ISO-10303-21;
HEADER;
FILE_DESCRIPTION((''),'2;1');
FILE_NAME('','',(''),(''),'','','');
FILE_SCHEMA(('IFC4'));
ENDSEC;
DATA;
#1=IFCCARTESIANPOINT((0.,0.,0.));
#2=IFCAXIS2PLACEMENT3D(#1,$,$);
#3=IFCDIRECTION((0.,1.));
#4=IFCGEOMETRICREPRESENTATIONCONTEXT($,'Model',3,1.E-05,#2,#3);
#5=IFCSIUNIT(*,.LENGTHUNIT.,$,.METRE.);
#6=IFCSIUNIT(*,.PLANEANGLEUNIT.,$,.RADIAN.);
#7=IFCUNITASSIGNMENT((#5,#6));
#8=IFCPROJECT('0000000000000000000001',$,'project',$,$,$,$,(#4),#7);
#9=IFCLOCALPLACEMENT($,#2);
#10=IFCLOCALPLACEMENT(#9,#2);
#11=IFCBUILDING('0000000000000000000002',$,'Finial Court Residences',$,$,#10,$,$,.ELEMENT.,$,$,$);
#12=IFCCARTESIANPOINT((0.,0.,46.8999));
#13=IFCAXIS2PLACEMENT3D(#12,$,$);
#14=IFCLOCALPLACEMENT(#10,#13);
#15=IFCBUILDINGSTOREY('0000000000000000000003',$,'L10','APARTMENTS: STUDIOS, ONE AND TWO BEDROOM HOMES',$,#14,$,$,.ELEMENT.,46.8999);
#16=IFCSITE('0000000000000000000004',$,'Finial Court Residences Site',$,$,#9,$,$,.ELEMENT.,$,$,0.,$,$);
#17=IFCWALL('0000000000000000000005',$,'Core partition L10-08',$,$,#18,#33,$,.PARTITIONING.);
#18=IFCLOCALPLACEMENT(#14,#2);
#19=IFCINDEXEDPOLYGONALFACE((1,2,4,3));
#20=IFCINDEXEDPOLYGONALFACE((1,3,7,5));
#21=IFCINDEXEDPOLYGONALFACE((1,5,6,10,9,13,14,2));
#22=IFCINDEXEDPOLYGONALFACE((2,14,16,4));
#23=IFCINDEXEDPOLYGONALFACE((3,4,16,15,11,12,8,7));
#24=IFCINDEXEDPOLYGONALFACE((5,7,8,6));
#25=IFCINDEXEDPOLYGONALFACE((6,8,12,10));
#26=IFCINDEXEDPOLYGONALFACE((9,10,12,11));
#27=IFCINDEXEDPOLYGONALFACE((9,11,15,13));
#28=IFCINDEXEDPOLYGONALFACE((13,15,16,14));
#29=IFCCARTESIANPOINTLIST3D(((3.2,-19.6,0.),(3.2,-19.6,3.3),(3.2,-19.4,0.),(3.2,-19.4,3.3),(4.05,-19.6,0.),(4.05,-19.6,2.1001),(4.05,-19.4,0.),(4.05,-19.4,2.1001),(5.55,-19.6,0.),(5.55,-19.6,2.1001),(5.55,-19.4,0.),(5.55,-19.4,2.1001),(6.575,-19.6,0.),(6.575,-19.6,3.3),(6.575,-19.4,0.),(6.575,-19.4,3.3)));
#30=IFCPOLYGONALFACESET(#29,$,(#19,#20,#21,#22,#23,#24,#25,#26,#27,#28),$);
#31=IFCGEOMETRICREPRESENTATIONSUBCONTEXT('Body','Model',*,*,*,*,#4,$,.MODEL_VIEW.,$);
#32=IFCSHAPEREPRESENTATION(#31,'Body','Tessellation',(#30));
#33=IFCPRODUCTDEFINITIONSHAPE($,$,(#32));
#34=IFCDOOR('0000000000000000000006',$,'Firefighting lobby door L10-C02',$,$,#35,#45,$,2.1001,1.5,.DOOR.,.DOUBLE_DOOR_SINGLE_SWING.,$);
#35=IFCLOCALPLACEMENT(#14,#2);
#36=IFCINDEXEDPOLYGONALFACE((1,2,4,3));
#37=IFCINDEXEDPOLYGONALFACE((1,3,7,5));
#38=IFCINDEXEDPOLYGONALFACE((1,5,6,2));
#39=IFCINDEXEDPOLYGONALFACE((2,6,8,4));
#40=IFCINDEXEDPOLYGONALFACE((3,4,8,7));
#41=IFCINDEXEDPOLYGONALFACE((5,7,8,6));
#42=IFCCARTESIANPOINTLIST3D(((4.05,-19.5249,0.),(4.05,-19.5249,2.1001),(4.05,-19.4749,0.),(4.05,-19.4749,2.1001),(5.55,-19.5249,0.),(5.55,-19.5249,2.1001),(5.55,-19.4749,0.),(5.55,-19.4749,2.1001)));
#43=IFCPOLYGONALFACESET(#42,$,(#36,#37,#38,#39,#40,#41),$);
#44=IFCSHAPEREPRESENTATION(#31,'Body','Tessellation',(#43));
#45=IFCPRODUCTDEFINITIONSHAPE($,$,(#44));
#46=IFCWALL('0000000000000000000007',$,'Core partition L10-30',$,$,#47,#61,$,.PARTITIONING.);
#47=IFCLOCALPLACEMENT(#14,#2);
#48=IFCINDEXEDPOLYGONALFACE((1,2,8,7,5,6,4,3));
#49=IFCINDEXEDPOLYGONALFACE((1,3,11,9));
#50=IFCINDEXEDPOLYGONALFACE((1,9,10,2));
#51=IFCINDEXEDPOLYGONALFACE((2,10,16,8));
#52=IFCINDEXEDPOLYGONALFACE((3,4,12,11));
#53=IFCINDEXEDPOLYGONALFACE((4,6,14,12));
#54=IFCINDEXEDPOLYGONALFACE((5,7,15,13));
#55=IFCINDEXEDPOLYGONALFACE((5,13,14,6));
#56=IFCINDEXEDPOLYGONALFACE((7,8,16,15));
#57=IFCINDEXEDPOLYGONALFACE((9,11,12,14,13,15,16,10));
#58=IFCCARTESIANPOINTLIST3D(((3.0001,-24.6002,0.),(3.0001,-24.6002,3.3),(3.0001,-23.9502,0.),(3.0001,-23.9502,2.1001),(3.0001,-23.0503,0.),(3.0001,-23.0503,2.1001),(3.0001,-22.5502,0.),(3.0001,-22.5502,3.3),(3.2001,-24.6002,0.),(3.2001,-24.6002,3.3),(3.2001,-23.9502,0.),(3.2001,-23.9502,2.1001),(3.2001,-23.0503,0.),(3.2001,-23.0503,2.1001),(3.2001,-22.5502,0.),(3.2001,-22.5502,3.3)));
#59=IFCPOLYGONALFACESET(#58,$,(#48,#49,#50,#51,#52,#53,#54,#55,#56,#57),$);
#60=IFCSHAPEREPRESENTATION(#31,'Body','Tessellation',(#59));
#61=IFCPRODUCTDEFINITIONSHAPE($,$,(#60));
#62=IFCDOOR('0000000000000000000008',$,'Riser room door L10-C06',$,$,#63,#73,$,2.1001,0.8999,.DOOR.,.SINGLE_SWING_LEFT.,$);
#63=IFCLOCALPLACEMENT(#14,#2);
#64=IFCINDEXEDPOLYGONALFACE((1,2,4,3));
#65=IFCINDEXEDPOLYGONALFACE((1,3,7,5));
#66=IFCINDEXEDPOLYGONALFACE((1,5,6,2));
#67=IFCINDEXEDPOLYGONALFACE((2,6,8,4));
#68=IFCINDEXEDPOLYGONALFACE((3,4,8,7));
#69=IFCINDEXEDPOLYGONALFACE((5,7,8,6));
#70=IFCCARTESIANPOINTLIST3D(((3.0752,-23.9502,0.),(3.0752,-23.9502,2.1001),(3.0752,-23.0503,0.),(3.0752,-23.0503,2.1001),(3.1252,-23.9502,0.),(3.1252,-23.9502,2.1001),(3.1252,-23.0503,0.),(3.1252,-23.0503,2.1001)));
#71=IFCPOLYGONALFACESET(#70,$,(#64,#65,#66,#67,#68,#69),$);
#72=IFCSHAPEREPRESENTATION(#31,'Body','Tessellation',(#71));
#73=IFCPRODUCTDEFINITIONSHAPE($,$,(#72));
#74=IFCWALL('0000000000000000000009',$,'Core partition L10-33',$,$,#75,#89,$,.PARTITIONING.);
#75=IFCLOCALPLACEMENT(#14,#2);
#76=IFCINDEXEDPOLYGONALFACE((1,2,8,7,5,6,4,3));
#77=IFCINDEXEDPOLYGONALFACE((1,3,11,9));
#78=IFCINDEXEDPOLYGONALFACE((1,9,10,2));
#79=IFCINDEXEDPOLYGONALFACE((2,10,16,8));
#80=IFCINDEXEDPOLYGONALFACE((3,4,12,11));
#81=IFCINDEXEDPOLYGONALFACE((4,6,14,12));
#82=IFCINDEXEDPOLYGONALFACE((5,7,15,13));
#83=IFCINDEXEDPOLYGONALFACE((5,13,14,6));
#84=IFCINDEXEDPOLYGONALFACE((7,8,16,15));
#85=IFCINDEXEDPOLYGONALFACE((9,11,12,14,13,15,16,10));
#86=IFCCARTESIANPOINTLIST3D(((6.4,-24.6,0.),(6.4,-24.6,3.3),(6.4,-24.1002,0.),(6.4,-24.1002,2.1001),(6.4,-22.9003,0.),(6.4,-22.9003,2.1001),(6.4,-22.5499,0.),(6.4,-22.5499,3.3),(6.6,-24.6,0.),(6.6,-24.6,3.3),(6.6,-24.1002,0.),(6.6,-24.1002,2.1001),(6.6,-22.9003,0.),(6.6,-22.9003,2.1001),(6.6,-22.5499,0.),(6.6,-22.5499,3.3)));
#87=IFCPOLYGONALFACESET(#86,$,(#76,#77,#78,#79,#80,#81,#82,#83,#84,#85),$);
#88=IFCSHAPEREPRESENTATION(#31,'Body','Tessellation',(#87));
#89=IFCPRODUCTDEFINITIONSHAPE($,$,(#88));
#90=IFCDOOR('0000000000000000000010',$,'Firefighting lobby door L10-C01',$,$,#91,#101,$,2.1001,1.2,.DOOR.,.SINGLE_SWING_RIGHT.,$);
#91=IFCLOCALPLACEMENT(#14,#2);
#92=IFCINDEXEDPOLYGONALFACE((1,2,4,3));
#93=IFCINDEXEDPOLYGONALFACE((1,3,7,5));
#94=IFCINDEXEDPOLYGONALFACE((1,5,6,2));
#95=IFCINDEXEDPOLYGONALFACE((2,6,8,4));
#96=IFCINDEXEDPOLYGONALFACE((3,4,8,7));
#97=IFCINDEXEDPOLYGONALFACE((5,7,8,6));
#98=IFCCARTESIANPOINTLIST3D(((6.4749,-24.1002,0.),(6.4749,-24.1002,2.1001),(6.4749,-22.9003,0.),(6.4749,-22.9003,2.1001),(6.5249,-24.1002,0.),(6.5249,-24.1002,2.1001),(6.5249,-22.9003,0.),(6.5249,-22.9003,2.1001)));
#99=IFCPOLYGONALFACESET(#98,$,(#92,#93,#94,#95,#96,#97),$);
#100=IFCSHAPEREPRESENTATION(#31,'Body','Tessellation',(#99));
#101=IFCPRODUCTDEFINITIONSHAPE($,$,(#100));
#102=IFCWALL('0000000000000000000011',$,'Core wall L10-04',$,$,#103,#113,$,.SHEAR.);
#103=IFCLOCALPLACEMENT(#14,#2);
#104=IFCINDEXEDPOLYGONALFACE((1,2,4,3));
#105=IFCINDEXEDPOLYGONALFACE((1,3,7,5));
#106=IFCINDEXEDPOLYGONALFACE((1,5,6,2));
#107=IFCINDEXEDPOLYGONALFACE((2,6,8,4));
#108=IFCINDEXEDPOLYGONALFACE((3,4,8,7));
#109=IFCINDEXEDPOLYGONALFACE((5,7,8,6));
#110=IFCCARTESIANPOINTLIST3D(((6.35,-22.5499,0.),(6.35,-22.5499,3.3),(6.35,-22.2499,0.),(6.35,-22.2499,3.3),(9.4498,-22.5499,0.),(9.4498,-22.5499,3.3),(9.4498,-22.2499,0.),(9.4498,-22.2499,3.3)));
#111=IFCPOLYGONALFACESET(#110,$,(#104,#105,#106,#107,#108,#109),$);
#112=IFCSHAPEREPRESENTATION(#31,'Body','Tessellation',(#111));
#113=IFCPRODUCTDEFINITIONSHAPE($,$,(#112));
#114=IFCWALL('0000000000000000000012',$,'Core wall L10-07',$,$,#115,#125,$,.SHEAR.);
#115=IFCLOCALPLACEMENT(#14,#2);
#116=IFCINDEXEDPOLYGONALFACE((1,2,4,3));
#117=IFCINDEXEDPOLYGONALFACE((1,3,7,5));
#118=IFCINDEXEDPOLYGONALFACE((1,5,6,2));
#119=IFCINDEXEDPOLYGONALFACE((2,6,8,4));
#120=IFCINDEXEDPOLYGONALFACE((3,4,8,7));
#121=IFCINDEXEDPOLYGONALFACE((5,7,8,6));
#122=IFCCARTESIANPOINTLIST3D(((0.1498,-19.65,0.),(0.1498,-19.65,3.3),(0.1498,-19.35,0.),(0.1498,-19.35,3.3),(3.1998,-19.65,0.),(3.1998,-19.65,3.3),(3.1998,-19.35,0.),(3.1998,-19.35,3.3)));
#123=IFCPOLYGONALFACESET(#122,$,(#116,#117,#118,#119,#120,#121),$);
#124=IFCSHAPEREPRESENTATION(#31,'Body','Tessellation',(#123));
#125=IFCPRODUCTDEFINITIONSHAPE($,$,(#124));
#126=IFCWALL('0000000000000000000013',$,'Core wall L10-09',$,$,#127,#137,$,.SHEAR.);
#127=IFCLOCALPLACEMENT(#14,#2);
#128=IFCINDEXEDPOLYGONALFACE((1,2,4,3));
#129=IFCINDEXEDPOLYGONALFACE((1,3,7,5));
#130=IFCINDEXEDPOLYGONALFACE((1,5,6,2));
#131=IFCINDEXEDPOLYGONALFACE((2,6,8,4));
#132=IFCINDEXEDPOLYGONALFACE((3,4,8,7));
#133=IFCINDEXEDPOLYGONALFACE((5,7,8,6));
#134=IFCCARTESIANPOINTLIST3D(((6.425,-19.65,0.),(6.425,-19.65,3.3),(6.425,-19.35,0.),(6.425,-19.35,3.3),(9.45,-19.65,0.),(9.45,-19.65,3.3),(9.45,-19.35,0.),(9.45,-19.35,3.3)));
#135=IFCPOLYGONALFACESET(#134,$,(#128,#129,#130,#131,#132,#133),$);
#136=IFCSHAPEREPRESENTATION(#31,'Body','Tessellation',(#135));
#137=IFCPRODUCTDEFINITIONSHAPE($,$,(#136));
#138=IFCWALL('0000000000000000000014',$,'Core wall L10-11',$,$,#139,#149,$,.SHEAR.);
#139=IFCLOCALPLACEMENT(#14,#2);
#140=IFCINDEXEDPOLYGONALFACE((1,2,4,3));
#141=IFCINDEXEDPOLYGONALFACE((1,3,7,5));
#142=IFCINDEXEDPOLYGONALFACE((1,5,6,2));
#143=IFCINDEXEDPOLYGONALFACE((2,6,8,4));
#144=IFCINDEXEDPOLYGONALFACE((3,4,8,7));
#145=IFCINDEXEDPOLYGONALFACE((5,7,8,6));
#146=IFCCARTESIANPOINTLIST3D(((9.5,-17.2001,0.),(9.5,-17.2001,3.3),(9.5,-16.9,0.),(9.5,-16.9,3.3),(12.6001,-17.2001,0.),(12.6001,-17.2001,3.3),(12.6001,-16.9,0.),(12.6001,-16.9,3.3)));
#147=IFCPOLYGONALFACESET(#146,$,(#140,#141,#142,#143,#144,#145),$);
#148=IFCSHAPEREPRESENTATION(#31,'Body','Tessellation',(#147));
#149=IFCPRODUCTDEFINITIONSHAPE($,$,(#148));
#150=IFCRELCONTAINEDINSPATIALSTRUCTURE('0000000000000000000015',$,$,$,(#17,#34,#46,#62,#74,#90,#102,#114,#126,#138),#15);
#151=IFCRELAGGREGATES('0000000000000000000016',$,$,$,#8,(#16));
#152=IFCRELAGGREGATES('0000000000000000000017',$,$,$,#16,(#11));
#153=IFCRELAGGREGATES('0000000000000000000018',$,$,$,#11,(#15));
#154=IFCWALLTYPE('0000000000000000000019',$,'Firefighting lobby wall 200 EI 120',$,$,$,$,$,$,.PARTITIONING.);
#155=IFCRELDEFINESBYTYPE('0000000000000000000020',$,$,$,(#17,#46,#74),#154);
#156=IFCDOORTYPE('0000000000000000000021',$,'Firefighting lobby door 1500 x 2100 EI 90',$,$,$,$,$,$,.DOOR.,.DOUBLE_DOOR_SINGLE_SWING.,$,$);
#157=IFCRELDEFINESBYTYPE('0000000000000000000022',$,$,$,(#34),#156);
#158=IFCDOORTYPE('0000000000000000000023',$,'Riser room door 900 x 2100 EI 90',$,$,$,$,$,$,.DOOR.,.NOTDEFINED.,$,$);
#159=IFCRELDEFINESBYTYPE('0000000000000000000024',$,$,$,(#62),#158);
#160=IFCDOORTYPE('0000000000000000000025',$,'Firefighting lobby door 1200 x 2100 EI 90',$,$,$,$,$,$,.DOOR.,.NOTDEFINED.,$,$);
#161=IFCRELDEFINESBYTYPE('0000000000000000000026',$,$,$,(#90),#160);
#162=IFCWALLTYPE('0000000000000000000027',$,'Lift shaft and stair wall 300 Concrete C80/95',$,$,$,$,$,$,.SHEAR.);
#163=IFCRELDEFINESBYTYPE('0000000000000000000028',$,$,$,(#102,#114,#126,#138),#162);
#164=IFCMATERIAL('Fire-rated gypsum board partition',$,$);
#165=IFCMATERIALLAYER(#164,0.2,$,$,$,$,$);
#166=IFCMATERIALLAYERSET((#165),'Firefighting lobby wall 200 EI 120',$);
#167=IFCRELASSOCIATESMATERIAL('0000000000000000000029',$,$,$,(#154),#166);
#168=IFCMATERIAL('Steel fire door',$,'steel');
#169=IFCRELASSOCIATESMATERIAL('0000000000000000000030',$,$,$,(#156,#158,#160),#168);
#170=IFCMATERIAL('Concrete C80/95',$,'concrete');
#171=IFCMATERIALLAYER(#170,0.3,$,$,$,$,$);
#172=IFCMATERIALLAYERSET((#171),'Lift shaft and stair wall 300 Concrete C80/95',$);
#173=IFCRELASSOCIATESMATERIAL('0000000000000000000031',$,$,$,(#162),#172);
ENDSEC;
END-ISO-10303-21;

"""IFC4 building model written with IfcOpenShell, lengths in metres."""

from ifc_helpers import new_model, si_unit, direction, frame, frame_2d, origin, place, context, subcontext, project, spatial, rectangle, extrude, material, layer, layer_set, type_object, element, fill, save


model = new_model("IFC4")

# Units and contexts
model_context = context("Model", 3, precision=1e-05, world=origin(), true_north=direction((0.0, 1.0)))
body_context = subcontext(model_context, "Body", "Model", "MODEL_VIEW")
ifc_project = project(units=[si_unit("LENGTHUNIT", "METRE"), si_unit("PLANEANGLEUNIT", "RADIAN")], contexts=[model_context])

# Site, building, storey
site_placement = place(None, origin())
site = spatial("IfcSite", under=ifc_project, at=site_placement, Name="Finial Court Residences Site", CompositionType="ELEMENT", RefElevation=0.0)
building_placement = place(site_placement, origin())
building = spatial("IfcBuilding", under=site, at=building_placement, Name="Finial Court Residences", CompositionType="ELEMENT")
storey_placement = place(building_placement, frame((0.0, 0.0, 46.8999)))
storey = spatial("IfcBuildingStorey", under=building, at=storey_placement, Name="L10", Description="APARTMENTS: STUDIOS, ONE AND TWO BEDROOM HOMES", CompositionType="ELEMENT", Elevation=46.8999)

# Walls, openings, doors
ifc_material_1 = material(Name="Fire-rated gypsum board partition")
ifc_layer_1 = layer(ifc_material_1, 0.2)
ifc_layer_set_1 = layer_set([ifc_layer_1], Name="Firefighting lobby wall 200 EI 120")
wall_type_1 = type_object("IfcWallType", Name="Firefighting lobby wall 200 EI 120", PredefinedType="PARTITIONING", material=ifc_layer_set_1)
wall_1_placement = place(storey_placement, frame((6.575, -19.5, 0.0), z_axis=(0.0, 0.0, 1.0), x_axis=(-1.0, 0.0, 0.0)))
wall_1 = element("IfcWall", 1, at=wall_1_placement, inside=storey, type_object=wall_type_1, Name="Core partition L10-08", PredefinedType="PARTITIONING", context=body_context, shape_type="SweptSolid", body=[
    extrude(rectangle(XDim=3.375, YDim=0.2, at=frame_2d((1.6875, 0.0))), origin(), (0.0, 0.0, 1.0), 3.3),
])
opening_1_placement = place(wall_1_placement, frame((1.0249, 0.0, 0.0)))
opening_1 = element("IfcOpeningElement", 2, at=opening_1_placement, cuts=wall_1, PredefinedType="OPENING", context=body_context, shape_type="SweptSolid", body=[
    extrude(rectangle(XDim=1.5, YDim=2.1001, at=frame_2d((0.75, 1.05))), frame((0.0, 0.1099, 0.0), z_axis=(0.0, -1.0, 0.0), x_axis=(1.0, 0.0, 0.0)), (0.0, 0.0, 1.0), 0.22),
])
ifc_material_2 = material(Name="Steel fire door", Category="steel")
door_type_1 = type_object("IfcDoorType", Name="Firefighting lobby door 1500 x 2100 EI 90", OperationType="DOUBLE_DOOR_SINGLE_SWING", PredefinedType="DOOR", material=ifc_material_2)
door_1_placement = place(opening_1_placement, origin())
door_1 = element("IfcDoor", 3, at=door_1_placement, inside=storey, type_object=door_type_1, Name="Firefighting lobby door L10-C02", OperationType="DOUBLE_DOOR_SINGLE_SWING", OverallHeight=2.1001, OverallWidth=1.5, PredefinedType="DOOR", context=body_context, shape_type="SweptSolid", body=[
    extrude(rectangle(XDim=1.5, YDim=2.1001, at=frame_2d((0.75, 1.05))), frame((0.0, 0.0249, 0.0), z_axis=(0.0, -1.0, 0.0), x_axis=(1.0, 0.0, 0.0)), (0.0, 0.0, 1.0), 0.05),
])
fill(opening_1, door_1)
wall_2_placement = place(storey_placement, frame((3.1001, -24.6001, 0.0), z_axis=(0.0, 0.0, 1.0), x_axis=(0.0, 1.0, 0.0)))
wall_2 = element("IfcWall", 4, at=wall_2_placement, inside=storey, type_object=wall_type_1, Name="Core partition L10-30", PredefinedType="PARTITIONING", context=body_context, shape_type="SweptSolid", body=[
    extrude(rectangle(XDim=2.05, YDim=0.2, at=frame_2d((1.0249, 0.0))), origin(), (0.0, 0.0, 1.0), 3.3),
])
opening_2_placement = place(wall_2_placement, frame((0.6499, 0.0, 0.0)))
opening_2 = element("IfcOpeningElement", 5, at=opening_2_placement, cuts=wall_2, PredefinedType="OPENING", context=body_context, shape_type="SweptSolid", body=[
    extrude(rectangle(XDim=0.8999, YDim=2.1001, at=frame_2d((0.45, 1.05))), frame((0.0, 0.1099, 0.0), z_axis=(0.0, -1.0, 0.0), x_axis=(1.0, 0.0, 0.0)), (0.0, 0.0, 1.0), 0.22),
])
door_type_2 = type_object("IfcDoorType", Name="Riser room door 900 x 2100 EI 90", OperationType="NOTDEFINED", PredefinedType="DOOR", material=ifc_material_2)
door_2_placement = place(opening_2_placement, origin())
door_2 = element("IfcDoor", 6, at=door_2_placement, inside=storey, type_object=door_type_2, Name="Riser room door L10-C06", OperationType="SINGLE_SWING_LEFT", OverallHeight=2.1001, OverallWidth=0.8999, PredefinedType="DOOR", context=body_context, shape_type="SweptSolid", body=[
    extrude(rectangle(XDim=0.8999, YDim=2.1001, at=frame_2d((0.45, 1.05))), frame((0.0, 0.0249, 0.0), z_axis=(0.0, -1.0, 0.0), x_axis=(1.0, 0.0, 0.0)), (0.0, 0.0, 1.0), 0.05),
])
fill(opening_2, door_2)
wall_3_placement = place(storey_placement, frame((6.5, -22.55, 0.0), z_axis=(0.0, 0.0, 1.0), x_axis=(0.0, -1.0, 0.0)))
wall_3 = element("IfcWall", 7, at=wall_3_placement, inside=storey, type_object=wall_type_1, Name="Core partition L10-33", PredefinedType="PARTITIONING", context=body_context, shape_type="SweptSolid", body=[
    extrude(rectangle(XDim=2.05, YDim=0.2, at=frame_2d((1.0249, 0.0))), origin(), (0.0, 0.0, 1.0), 3.3),
])
opening_3_placement = place(wall_3_placement, frame((0.3501, 0.0, 0.0)))
opening_3 = element("IfcOpeningElement", 8, at=opening_3_placement, cuts=wall_3, PredefinedType="OPENING", context=body_context, shape_type="SweptSolid", body=[
    extrude(rectangle(XDim=1.2, YDim=2.1001, at=frame_2d((0.6001, 1.05))), frame((0.0, 0.1099, 0.0), z_axis=(0.0, -1.0, 0.0), x_axis=(1.0, 0.0, 0.0)), (0.0, 0.0, 1.0), 0.22),
])
door_type_3 = type_object("IfcDoorType", Name="Firefighting lobby door 1200 x 2100 EI 90", OperationType="NOTDEFINED", PredefinedType="DOOR", material=ifc_material_2)
door_3_placement = place(opening_3_placement, origin())
door_3 = element("IfcDoor", 9, at=door_3_placement, inside=storey, type_object=door_type_3, Name="Firefighting lobby door L10-C01", OperationType="SINGLE_SWING_RIGHT", OverallHeight=2.1001, OverallWidth=1.2, PredefinedType="DOOR", context=body_context, shape_type="SweptSolid", body=[
    extrude(rectangle(XDim=1.2, YDim=2.1001, at=frame_2d((0.6001, 1.05))), frame((0.0, 0.0249, 0.0), z_axis=(0.0, -1.0, 0.0), x_axis=(1.0, 0.0, 0.0)), (0.0, 0.0, 1.0), 0.05),
])
fill(opening_3, door_3)

# Walls
ifc_material_3 = material(Name="Concrete C80/95", Category="concrete")
ifc_layer_2 = layer(ifc_material_3, 0.3)
ifc_layer_set_2 = layer_set([ifc_layer_2], Name="Lift shaft and stair wall 300 Concrete C80/95")
wall_type_2 = type_object("IfcWallType", Name="Lift shaft and stair wall 300 Concrete C80/95", PredefinedType="SHEAR", material=ifc_layer_set_2)
wall_4_placement = place(storey_placement, frame((6.3501, -22.3999, 0.0), z_axis=(0.0, 0.0, 1.0), x_axis=(1.0, 0.0, 0.0)))
element("IfcWall", 10, at=wall_4_placement, inside=storey, type_object=wall_type_2, Name="Core wall L10-04", PredefinedType="SHEAR", context=body_context, shape_type="SweptSolid", body=[
    extrude(rectangle(XDim=3.0999, YDim=0.3, at=frame_2d((1.5498, 0.0))), origin(), (0.0, 0.0, 1.0), 3.3),
])
wall_5_placement = place(storey_placement, frame((0.1499, -19.5, 0.0), z_axis=(0.0, 0.0, 1.0), x_axis=(1.0, 0.0, 0.0)))
element("IfcWall", 11, at=wall_5_placement, inside=storey, type_object=wall_type_2, Name="Core wall L10-07", PredefinedType="SHEAR", context=body_context, shape_type="SweptSolid", body=[
    extrude(rectangle(XDim=3.05, YDim=0.3, at=frame_2d((1.5249, 0.0))), origin(), (0.0, 0.0, 1.0), 3.3),
])
wall_6_placement = place(storey_placement, frame((6.425, -19.5, 0.0), z_axis=(0.0, 0.0, 1.0), x_axis=(1.0, 0.0, 0.0)))
element("IfcWall", 12, at=wall_6_placement, inside=storey, type_object=wall_type_2, Name="Core wall L10-09", PredefinedType="SHEAR", context=body_context, shape_type="SweptSolid", body=[
    extrude(rectangle(XDim=3.0249, YDim=0.3, at=frame_2d((1.5125, 0.0))), origin(), (0.0, 0.0, 1.0), 3.3),
])
wall_7_placement = place(storey_placement, frame((9.5, -17.05, 0.0), z_axis=(0.0, 0.0, 1.0), x_axis=(1.0, 0.0, 0.0)))
element("IfcWall", 13, at=wall_7_placement, inside=storey, type_object=wall_type_2, Name="Core wall L10-11", PredefinedType="SHEAR", context=body_context, shape_type="SweptSolid", body=[
    extrude(rectangle(XDim=3.1001, YDim=0.3, at=frame_2d((1.55, 0.0))), origin(), (0.0, 0.0, 1.0), 3.3),
])

save(model, "model.ifc")
